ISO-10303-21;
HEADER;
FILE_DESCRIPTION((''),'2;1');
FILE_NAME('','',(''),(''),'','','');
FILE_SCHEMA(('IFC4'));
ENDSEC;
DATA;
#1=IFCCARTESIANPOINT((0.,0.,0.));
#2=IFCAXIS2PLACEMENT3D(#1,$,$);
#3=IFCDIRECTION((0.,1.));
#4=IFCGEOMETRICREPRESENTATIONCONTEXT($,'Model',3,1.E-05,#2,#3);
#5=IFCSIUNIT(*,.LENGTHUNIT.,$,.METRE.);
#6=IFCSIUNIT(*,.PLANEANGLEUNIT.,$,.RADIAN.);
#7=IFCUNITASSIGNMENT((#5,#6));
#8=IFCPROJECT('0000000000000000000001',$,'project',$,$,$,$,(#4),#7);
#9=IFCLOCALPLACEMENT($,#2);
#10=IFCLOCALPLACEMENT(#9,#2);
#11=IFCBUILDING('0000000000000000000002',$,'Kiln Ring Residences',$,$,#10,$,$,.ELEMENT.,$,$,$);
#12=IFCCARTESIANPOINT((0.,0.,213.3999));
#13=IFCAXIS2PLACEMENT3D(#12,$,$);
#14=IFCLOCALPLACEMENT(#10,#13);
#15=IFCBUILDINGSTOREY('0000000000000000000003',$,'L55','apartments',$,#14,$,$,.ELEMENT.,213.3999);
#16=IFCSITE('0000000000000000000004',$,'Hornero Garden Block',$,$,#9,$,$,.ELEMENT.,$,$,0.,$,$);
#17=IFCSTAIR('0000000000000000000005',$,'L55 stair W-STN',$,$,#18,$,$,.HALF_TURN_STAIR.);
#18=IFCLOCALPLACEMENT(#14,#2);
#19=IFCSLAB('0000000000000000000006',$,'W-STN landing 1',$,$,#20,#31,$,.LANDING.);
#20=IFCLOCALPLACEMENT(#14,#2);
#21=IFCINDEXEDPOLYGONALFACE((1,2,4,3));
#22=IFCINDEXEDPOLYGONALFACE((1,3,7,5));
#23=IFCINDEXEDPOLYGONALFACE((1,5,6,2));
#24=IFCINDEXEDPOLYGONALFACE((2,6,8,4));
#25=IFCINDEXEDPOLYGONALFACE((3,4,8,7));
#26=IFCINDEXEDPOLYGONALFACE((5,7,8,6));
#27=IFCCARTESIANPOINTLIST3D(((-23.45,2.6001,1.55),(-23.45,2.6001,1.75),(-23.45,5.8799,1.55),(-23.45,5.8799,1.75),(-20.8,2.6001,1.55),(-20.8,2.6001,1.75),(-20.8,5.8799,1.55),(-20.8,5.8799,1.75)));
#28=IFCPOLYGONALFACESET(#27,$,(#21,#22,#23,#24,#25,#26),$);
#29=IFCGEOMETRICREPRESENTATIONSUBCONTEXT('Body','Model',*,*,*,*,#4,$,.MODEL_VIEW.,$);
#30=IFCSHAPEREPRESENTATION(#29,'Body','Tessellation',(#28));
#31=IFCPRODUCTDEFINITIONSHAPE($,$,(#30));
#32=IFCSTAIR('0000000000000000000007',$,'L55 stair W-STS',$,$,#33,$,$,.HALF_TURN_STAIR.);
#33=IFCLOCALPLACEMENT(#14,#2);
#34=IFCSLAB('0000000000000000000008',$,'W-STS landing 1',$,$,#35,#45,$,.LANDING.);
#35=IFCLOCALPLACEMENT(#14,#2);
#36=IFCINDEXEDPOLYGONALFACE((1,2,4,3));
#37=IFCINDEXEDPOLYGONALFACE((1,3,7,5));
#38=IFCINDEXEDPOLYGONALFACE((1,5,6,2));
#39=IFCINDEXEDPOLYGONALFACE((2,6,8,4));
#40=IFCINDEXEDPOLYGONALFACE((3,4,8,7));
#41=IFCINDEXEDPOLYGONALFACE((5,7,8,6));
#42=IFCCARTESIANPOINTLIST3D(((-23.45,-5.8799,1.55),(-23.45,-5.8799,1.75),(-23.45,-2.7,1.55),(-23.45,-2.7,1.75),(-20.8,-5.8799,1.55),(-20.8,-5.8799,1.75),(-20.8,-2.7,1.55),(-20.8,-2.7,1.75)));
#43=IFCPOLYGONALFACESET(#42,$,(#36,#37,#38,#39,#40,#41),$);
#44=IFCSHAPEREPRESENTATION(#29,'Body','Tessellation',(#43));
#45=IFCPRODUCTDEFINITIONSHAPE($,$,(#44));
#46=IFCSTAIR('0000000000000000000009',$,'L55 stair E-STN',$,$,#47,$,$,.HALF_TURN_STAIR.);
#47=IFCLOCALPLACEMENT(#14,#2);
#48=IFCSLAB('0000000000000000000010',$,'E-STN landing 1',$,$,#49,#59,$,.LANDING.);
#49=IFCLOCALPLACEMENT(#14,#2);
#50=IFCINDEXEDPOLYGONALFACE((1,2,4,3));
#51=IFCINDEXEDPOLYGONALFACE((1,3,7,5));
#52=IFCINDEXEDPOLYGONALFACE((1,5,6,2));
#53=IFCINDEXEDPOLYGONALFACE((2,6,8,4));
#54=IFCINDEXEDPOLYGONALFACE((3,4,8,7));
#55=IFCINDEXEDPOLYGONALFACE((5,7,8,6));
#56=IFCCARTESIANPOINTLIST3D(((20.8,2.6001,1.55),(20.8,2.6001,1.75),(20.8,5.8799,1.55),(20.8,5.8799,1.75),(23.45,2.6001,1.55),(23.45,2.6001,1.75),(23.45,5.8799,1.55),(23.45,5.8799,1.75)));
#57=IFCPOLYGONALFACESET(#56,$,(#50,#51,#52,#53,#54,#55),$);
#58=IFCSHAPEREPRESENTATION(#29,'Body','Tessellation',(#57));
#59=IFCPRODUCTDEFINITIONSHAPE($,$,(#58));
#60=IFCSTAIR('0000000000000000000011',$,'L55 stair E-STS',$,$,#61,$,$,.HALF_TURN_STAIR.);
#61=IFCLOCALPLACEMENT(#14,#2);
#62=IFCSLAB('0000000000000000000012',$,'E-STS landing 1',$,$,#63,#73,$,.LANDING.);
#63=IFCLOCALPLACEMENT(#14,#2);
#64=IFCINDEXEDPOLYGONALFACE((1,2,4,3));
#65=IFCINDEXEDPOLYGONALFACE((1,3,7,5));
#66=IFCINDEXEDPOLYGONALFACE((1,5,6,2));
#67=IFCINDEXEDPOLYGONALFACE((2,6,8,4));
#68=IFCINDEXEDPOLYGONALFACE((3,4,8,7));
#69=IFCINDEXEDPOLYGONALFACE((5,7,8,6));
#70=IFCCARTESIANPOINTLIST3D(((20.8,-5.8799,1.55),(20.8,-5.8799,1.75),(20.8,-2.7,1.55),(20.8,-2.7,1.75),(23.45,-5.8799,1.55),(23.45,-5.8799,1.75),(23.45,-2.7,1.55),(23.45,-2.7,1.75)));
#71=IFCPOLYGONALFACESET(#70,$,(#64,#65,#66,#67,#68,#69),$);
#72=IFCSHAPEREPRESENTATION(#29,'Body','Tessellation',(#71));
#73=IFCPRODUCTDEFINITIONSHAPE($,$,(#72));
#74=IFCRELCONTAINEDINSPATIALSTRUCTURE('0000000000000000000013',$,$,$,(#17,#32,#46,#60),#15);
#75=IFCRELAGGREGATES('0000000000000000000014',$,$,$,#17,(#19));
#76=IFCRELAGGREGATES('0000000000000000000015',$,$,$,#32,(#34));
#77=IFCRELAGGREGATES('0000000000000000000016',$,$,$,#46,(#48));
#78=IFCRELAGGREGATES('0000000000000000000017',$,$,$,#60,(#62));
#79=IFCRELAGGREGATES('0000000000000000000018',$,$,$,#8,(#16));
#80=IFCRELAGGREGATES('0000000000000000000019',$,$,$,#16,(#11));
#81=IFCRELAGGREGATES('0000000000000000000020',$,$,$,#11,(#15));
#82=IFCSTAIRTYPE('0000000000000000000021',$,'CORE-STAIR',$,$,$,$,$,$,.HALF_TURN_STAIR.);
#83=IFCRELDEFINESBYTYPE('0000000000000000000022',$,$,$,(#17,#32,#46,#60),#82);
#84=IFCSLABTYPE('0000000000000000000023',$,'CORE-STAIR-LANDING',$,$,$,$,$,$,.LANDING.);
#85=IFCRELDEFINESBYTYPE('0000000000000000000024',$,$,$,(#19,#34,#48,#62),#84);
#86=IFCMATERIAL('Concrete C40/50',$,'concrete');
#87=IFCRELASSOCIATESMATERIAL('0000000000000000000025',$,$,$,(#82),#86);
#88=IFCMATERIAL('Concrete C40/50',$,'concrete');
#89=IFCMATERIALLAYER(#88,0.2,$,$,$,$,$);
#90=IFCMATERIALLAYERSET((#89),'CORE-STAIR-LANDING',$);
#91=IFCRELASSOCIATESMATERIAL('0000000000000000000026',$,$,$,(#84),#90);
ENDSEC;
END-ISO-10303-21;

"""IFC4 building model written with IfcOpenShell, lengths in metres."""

from ifc_helpers import new_model, si_unit, direction, frame, origin, place, context, subcontext, project, spatial, polyline, outline, extrude, material, layer, layer_set, type_object, element, aggregate, save


model = new_model("IFC4")

# Units and contexts
model_context = context("Model", 3, precision=1e-05, world=origin(), true_north=direction((0.0, 1.0)))
body_context = subcontext(model_context, "Body", "Model", "MODEL_VIEW")
ifc_project = project(units=[si_unit("LENGTHUNIT", "METRE"), si_unit("PLANEANGLEUNIT", "RADIAN")], contexts=[model_context])

# Site, building, storey
site_placement = place(None, origin())
site = spatial("IfcSite", under=ifc_project, at=site_placement, Name="Hornero Garden Block", CompositionType="ELEMENT", RefElevation=0.0)
building_placement = place(site_placement, origin())
building = spatial("IfcBuilding", under=site, at=building_placement, Name="Kiln Ring Residences", CompositionType="ELEMENT")
storey_placement = place(building_placement, frame((0.0, 0.0, 213.3999)))
storey = spatial("IfcBuildingStorey", under=building, at=storey_placement, Name="L55", Description="apartments", CompositionType="ELEMENT", Elevation=213.3999)

# Stairs, slabs
ifc_material_1 = material(Name="Concrete C40/50", Category="concrete")
stair_type = type_object("IfcStairType", Name="CORE-STAIR", PredefinedType="HALF_TURN_STAIR", material=ifc_material_1)
placement_1 = place(storey_placement, origin())
stair_1 = element("IfcStair", 1, at=placement_1, inside=storey, type_object=stair_type, Name="L55 stair W-STN", PredefinedType="HALF_TURN_STAIR")
ifc_material_2 = material(Name="Concrete C40/50", Category="concrete")
ifc_layer_1 = layer(ifc_material_2, 0.2)
ifc_layer_set_1 = layer_set([ifc_layer_1], Name="CORE-STAIR-LANDING")
slab_type = type_object("IfcSlabType", Name="CORE-STAIR-LANDING", PredefinedType="LANDING", material=ifc_layer_set_1)
placement_2 = place(storey_placement, frame((0.0, 0.0, 1.55)))
slab_1 = element("IfcSlab", 2, at=placement_2, type_object=slab_type, Name="W-STN landing 1", PredefinedType="LANDING", context=body_context, shape_type="SweptSolid", body=[
    extrude(outline(polyline([(-23.45, 5.8799), (-23.45, 2.6001), (-20.8, 2.6001), (-20.8, 5.8799), (-23.45, 5.8799)])), origin(), (0.0, 0.0, 1.0), 0.2),
])
aggregate(stair_1, [slab_1])
stair_2 = element("IfcStair", 3, at=placement_1, inside=storey, type_object=stair_type, Name="L55 stair W-STS", PredefinedType="HALF_TURN_STAIR")
slab_2 = element("IfcSlab", 4, at=placement_2, type_object=slab_type, Name="W-STS landing 1", PredefinedType="LANDING", context=body_context, shape_type="SweptSolid", body=[
    extrude(outline(polyline([(-20.8, -5.8799), (-20.8, -2.7), (-23.45, -2.7), (-23.45, -5.8799), (-20.8, -5.8799)])), origin(), (0.0, 0.0, 1.0), 0.2),
])
aggregate(stair_2, [slab_2])
stair_3 = element("IfcStair", 5, at=placement_1, inside=storey, type_object=stair_type, Name="L55 stair E-STN", PredefinedType="HALF_TURN_STAIR")
slab_3 = element("IfcSlab", 6, at=placement_2, type_object=slab_type, Name="E-STN landing 1", PredefinedType="LANDING", context=body_context, shape_type="SweptSolid", body=[
    extrude(outline(polyline([(20.8, 5.8799), (20.8, 2.6001), (23.45, 2.6001), (23.45, 5.8799), (20.8, 5.8799)])), origin(), (0.0, 0.0, 1.0), 0.2),
])
aggregate(stair_3, [slab_3])
stair_4 = element("IfcStair", 7, at=placement_1, inside=storey, type_object=stair_type, Name="L55 stair E-STS", PredefinedType="HALF_TURN_STAIR")
slab_4 = element("IfcSlab", 8, at=placement_2, type_object=slab_type, Name="E-STS landing 1", PredefinedType="LANDING", context=body_context, shape_type="SweptSolid", body=[
    extrude(outline(polyline([(23.45, -5.8799), (23.45, -2.7), (20.8, -2.7), (20.8, -5.8799), (23.45, -5.8799)])), origin(), (0.0, 0.0, 1.0), 0.2),
])
aggregate(stair_4, [slab_4])

save(model, "model.ifc")
